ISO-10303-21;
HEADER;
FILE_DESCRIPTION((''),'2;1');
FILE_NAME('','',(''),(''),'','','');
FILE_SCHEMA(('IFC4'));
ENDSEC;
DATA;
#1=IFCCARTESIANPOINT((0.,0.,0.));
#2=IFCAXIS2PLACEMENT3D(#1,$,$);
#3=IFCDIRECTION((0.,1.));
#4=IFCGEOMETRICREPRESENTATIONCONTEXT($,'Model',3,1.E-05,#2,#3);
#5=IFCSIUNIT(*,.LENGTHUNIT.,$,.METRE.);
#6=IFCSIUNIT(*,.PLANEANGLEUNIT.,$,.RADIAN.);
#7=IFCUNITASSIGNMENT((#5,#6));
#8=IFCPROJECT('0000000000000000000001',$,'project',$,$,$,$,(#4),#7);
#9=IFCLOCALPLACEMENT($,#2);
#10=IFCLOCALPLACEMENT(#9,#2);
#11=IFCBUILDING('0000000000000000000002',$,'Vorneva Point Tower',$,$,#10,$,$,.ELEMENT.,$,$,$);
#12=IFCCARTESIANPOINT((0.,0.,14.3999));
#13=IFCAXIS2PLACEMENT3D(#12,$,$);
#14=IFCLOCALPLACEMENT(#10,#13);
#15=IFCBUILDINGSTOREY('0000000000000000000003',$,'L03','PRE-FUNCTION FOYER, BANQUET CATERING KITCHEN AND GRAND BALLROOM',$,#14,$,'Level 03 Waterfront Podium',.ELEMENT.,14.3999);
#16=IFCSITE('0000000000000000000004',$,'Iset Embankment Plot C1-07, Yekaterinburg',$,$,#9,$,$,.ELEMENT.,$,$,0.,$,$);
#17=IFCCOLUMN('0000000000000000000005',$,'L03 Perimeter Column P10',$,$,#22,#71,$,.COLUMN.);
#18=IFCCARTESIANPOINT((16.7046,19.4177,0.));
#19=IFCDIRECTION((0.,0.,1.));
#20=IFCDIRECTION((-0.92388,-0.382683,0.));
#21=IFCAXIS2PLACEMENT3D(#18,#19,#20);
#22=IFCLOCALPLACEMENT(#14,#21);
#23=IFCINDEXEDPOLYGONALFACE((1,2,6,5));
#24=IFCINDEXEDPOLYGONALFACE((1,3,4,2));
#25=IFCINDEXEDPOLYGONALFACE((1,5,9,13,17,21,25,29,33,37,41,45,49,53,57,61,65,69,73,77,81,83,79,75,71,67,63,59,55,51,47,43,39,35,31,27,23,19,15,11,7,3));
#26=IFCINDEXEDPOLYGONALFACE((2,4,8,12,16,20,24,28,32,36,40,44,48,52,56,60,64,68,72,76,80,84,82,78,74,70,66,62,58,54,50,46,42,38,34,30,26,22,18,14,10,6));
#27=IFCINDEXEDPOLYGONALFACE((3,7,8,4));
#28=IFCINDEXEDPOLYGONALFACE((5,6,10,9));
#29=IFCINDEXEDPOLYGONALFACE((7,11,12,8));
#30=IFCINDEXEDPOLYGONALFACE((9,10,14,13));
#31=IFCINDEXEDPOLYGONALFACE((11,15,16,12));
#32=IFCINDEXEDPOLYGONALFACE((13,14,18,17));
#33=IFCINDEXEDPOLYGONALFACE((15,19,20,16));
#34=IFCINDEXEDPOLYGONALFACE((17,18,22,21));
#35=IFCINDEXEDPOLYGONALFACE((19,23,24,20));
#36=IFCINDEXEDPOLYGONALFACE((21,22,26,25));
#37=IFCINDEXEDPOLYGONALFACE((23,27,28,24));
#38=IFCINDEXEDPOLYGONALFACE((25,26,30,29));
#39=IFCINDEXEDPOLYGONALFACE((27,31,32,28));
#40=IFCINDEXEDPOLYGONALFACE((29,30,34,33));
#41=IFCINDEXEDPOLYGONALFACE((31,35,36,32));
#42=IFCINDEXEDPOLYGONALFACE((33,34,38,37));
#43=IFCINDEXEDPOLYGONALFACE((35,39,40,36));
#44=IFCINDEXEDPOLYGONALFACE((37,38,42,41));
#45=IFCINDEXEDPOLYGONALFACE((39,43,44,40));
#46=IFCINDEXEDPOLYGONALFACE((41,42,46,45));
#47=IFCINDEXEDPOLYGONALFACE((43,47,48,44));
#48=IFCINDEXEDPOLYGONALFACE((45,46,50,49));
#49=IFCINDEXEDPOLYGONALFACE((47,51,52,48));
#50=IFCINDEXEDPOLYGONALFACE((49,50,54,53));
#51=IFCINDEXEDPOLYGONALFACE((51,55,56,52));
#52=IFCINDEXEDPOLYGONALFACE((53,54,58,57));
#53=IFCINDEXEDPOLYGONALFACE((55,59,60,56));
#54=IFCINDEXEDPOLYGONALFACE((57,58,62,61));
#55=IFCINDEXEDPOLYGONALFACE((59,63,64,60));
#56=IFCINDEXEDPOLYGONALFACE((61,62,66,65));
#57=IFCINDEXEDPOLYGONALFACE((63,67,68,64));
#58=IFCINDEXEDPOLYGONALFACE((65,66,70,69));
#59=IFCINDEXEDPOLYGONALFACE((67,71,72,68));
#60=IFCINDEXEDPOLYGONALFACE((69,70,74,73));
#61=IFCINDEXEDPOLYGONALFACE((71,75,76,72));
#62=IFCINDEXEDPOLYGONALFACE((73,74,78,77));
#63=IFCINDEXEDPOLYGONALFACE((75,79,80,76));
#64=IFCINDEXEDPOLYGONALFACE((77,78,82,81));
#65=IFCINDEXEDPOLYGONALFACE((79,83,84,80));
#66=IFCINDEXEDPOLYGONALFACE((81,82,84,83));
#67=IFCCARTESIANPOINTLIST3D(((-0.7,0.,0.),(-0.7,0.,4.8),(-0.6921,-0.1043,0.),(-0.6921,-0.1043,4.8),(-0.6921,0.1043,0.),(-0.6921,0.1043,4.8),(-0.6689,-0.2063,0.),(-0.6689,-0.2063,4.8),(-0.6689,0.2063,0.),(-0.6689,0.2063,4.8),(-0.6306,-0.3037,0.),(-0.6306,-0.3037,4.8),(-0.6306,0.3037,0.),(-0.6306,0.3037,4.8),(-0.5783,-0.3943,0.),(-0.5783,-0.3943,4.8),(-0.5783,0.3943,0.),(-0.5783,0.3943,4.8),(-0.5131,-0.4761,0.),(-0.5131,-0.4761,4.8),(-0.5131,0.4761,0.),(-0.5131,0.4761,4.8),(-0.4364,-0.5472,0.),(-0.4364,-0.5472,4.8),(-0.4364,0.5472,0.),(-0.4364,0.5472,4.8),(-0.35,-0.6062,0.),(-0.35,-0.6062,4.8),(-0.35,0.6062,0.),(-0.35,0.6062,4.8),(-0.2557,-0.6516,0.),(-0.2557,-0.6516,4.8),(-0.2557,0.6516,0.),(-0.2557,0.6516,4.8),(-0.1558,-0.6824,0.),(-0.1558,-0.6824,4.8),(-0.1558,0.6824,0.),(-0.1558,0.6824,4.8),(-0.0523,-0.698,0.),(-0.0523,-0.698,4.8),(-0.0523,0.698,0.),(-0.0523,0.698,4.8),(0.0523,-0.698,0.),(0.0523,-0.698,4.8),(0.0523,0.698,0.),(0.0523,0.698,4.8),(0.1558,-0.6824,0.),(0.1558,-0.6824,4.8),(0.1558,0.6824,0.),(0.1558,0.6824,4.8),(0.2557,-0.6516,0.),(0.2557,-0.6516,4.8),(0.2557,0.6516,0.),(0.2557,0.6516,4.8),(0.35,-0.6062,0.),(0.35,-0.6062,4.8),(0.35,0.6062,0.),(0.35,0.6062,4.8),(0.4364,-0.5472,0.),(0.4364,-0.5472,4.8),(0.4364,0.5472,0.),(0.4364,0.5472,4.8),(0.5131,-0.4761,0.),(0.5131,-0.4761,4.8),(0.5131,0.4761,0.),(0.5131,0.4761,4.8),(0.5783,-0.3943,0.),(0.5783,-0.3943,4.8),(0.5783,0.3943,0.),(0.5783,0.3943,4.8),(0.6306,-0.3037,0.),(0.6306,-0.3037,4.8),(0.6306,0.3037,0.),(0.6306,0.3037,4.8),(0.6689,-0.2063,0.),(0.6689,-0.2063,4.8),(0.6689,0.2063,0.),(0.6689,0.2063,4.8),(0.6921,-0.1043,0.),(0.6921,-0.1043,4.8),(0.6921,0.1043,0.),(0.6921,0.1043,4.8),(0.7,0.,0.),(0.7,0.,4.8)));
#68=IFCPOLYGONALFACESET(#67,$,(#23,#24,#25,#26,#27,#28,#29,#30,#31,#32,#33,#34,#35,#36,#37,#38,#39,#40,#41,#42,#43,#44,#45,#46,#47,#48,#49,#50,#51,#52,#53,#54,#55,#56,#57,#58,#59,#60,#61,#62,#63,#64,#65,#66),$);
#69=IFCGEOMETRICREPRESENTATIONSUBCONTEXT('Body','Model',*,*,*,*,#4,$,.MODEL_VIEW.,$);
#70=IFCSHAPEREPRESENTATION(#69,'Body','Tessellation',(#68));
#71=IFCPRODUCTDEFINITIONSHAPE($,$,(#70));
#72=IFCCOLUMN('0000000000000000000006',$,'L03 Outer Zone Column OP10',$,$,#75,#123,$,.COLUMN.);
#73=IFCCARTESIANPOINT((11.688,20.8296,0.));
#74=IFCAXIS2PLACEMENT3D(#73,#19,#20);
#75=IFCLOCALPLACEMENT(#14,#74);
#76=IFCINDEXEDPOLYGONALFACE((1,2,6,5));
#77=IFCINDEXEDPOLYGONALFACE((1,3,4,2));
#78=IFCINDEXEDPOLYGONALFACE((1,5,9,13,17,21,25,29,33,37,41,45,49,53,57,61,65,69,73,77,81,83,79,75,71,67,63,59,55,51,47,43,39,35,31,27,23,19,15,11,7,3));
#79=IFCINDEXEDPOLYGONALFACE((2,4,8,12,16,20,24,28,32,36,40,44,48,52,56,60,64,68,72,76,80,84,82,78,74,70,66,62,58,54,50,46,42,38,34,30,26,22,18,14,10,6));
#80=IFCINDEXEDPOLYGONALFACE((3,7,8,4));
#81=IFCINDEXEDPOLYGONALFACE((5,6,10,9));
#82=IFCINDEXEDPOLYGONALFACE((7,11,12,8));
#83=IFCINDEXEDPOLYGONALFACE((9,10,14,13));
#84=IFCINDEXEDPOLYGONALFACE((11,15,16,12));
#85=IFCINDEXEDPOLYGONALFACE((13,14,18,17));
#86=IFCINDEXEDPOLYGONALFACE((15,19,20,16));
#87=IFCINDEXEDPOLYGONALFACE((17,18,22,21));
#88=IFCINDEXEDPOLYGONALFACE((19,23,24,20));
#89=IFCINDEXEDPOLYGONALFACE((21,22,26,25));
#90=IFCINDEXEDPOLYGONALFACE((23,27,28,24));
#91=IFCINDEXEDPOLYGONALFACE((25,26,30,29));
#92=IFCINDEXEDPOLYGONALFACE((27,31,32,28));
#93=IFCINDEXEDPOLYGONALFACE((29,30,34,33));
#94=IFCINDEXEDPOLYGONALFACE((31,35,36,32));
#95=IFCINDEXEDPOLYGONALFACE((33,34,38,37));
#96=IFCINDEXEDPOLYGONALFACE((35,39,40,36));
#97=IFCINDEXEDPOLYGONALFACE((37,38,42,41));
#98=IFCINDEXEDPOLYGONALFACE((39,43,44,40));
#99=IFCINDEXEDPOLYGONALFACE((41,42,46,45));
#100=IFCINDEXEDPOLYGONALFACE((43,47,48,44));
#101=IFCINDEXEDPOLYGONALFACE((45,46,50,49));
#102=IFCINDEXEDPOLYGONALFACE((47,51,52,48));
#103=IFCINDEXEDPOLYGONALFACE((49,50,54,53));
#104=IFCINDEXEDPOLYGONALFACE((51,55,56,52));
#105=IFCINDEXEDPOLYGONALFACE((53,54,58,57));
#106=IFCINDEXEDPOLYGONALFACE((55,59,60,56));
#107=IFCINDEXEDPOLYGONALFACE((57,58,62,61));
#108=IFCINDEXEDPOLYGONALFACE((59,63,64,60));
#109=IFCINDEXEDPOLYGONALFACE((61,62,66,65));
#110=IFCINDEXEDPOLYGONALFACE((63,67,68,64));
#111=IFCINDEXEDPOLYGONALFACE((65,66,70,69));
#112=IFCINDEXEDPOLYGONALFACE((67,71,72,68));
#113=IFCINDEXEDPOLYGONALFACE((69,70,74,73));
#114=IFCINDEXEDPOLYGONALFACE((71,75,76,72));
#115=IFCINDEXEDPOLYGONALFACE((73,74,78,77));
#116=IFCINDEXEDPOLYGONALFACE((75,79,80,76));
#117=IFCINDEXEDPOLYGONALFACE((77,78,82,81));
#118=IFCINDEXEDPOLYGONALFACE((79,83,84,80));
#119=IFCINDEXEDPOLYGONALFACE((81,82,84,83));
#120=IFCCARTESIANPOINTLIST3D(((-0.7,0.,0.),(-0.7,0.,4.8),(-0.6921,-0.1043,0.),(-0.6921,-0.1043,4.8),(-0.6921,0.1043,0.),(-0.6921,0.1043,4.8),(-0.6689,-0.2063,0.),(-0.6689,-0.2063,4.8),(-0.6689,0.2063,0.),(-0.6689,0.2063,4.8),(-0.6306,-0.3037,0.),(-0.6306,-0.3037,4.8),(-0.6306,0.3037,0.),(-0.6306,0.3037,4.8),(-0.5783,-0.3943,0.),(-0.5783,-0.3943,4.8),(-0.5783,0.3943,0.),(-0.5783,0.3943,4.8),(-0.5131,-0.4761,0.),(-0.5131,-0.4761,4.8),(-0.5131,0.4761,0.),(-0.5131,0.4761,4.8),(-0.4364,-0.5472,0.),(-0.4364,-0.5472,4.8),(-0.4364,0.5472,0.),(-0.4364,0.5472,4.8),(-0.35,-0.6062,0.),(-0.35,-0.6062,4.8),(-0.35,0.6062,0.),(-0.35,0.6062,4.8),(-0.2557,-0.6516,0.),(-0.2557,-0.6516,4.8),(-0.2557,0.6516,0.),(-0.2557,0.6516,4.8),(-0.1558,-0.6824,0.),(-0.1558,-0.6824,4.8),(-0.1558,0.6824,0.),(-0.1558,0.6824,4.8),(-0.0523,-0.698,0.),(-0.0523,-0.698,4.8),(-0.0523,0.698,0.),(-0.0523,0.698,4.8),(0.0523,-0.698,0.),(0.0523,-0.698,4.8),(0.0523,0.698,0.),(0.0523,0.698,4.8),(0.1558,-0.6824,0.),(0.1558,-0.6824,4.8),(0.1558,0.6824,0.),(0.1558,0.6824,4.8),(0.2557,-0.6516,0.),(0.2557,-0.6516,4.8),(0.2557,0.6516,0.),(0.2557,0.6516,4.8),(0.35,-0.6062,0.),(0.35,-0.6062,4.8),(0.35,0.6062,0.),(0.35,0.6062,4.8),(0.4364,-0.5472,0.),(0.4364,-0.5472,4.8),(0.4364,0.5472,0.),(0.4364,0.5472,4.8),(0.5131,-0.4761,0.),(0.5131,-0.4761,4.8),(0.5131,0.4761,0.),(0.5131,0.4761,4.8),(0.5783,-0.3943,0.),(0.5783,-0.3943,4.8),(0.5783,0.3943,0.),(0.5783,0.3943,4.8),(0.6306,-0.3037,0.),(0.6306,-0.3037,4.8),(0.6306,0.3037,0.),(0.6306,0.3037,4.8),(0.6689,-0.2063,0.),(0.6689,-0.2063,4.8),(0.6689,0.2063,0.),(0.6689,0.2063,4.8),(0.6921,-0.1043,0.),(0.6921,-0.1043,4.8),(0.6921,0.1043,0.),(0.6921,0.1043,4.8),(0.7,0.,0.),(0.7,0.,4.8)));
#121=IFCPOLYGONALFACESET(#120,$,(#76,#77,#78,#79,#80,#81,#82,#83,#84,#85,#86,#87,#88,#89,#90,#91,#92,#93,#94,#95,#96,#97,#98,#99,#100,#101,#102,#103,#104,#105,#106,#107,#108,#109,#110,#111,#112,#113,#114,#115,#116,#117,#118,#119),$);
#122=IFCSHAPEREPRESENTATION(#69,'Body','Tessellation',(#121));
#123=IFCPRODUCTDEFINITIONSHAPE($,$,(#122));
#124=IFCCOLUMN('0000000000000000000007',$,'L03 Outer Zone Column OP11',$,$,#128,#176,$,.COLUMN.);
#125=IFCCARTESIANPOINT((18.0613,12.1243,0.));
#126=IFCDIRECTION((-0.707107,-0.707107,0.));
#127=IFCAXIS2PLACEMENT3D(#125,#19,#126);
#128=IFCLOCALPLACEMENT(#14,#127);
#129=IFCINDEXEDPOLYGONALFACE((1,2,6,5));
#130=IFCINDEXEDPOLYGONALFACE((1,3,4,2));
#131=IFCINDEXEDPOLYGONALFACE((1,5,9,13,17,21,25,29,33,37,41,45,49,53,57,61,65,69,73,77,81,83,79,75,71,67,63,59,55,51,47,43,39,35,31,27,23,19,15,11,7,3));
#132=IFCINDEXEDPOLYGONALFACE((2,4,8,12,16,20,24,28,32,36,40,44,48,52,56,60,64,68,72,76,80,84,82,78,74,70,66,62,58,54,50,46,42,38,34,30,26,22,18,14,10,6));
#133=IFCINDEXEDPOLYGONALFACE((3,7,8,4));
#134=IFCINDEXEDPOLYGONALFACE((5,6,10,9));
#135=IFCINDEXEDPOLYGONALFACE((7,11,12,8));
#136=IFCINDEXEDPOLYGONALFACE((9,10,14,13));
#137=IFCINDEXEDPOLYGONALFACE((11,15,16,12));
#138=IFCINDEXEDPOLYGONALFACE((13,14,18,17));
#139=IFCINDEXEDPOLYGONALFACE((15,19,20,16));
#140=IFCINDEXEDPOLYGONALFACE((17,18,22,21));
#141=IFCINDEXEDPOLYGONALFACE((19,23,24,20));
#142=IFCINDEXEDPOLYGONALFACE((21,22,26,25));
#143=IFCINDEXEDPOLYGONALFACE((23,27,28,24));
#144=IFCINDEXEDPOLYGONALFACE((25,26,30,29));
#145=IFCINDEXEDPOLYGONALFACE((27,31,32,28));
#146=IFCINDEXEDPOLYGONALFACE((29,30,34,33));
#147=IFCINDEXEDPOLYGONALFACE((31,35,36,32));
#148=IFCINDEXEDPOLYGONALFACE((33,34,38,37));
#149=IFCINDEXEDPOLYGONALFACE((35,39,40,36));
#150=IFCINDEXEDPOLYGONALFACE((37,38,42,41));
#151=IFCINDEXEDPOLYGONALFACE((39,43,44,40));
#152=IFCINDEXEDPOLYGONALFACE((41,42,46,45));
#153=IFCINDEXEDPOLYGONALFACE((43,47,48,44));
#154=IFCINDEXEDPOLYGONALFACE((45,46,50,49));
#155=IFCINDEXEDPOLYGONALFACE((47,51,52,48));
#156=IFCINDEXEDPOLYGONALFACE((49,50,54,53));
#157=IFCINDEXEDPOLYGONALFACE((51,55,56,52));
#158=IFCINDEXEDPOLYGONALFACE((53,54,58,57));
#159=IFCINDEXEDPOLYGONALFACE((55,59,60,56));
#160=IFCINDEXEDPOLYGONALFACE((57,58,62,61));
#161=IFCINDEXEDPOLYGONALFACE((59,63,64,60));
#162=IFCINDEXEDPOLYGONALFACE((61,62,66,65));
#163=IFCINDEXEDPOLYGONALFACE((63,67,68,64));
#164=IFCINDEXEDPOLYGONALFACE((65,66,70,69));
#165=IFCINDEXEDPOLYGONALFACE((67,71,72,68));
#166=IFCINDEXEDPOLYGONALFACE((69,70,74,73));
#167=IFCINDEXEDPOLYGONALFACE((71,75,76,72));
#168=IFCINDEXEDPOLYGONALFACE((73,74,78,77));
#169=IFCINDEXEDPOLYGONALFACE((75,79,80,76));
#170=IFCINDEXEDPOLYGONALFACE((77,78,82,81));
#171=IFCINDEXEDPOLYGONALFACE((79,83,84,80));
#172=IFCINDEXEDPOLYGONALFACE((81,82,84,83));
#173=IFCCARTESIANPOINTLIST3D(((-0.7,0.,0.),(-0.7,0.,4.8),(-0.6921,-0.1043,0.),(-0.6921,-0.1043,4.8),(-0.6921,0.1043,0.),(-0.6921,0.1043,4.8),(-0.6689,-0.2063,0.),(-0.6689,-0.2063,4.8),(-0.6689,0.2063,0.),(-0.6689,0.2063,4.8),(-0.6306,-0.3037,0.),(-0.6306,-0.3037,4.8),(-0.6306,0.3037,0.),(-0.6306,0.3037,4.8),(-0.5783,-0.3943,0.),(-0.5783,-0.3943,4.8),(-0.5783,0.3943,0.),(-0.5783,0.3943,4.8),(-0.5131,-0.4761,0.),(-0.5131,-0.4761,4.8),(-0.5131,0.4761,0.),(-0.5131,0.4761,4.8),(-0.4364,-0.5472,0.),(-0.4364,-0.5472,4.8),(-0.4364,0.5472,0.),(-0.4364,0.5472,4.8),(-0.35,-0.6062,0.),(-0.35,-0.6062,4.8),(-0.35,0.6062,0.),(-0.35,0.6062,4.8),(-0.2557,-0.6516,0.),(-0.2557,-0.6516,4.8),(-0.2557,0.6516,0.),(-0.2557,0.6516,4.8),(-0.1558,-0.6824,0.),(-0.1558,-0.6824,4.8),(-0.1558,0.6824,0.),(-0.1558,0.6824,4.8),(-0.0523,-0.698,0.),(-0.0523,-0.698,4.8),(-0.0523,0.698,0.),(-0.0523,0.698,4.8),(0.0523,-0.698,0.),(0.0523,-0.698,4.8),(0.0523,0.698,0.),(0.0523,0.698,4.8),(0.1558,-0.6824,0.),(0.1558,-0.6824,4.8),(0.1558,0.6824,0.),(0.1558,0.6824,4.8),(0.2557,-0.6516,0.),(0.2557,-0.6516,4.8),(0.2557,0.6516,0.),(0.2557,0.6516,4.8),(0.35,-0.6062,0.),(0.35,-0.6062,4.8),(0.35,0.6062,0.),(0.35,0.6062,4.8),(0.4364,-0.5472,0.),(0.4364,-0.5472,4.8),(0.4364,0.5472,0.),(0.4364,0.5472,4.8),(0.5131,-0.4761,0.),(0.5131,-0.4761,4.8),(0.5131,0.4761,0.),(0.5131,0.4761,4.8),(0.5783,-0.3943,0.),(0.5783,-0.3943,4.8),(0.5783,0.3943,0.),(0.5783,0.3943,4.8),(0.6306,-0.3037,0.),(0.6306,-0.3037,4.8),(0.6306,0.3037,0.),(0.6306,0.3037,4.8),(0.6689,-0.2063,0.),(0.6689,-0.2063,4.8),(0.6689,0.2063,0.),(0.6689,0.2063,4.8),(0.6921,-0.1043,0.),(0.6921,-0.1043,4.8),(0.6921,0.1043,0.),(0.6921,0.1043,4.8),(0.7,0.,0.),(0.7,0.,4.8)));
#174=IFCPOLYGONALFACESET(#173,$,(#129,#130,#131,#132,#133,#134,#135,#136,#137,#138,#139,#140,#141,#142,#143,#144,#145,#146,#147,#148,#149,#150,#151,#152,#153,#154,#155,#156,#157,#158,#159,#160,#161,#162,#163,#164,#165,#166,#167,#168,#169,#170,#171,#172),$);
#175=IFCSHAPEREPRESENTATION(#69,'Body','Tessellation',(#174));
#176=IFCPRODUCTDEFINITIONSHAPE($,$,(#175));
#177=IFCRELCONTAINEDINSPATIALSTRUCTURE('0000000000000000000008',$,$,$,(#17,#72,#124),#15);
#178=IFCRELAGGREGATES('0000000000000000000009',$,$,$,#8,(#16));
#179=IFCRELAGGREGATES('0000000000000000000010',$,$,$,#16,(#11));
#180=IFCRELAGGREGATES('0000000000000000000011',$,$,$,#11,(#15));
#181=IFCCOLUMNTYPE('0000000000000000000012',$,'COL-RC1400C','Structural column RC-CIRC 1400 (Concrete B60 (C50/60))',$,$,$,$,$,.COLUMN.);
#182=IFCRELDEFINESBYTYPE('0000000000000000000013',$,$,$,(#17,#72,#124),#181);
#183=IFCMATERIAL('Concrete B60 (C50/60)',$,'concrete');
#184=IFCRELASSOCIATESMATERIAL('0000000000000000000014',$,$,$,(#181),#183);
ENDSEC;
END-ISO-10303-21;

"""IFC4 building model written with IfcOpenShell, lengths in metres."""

from ifc_helpers import new_model, si_unit, direction, frame, origin, origin_2d, place, context, subcontext, project, spatial, circle, extrude, material, material_profile, profile_set, type_object, element, save


model = new_model("IFC4")

# Units and contexts
model_context = context("Model", 3, precision=1e-05, world=origin(), true_north=direction((0.0, 1.0)))
body_context = subcontext(model_context, "Body", "Model", "MODEL_VIEW")
ifc_project = project(units=[si_unit("LENGTHUNIT", "METRE"), si_unit("PLANEANGLEUNIT", "RADIAN")], contexts=[model_context])

# Site, building, storey
site_placement = place(None, origin())
site = spatial("IfcSite", under=ifc_project, at=site_placement, Name="Iset Embankment Plot C1-07, Yekaterinburg", CompositionType="ELEMENT", RefElevation=0.0)
building_placement = place(site_placement, origin())
building = spatial("IfcBuilding", under=site, at=building_placement, Name="Vorneva Point Tower", CompositionType="ELEMENT")
storey_placement = place(building_placement, frame((0.0, 0.0, 14.3999)))
storey = spatial("IfcBuildingStorey", under=building, at=storey_placement, Name="L03", Description="PRE-FUNCTION FOYER, BANQUET CATERING KITCHEN AND GRAND BALLROOM", LongName="Level 03 Waterfront Podium", CompositionType="ELEMENT", Elevation=14.3999)

# Columns
ifc_material_1 = material(Name="Concrete B60 (C50/60)", Category="concrete")
ifc_material_profile_1 = material_profile(ifc_material_1, circle(Radius=0.7, at=origin_2d()), Name="RC-CIRC 1400")
ifc_profile_set_1 = profile_set([ifc_material_profile_1], Name="Concrete B60 (C50/60)")
column_type = type_object("IfcColumnType", Name="COL-RC1400C", Description="Structural column RC-CIRC 1400 (Concrete B60 (C50/60))", PredefinedType="COLUMN", material=ifc_profile_set_1)
for number, where, z_axis, x_axis, name in (
    (1, (16.7046, 19.4177, 0.0), (0.0, 0.0, 1.0), (-0.92388, -0.382683, 0.0), "L03 Perimeter Column P10"),
    (2, (11.688, 20.8296, 0.0), (0.0, 0.0, 1.0), (-0.92388, -0.382683, 0.0), "L03 Outer Zone Column OP10"),
    (3, (18.0613, 12.1243, 0.0), (0.0, 0.0, 1.0), (-0.707107, -0.707107, 0.0), "L03 Outer Zone Column OP11"),
):
    element("IfcColumn", number, at=place(storey_placement, frame(where, z_axis=z_axis, x_axis=x_axis)), inside=storey, type_object=column_type, Name=name, PredefinedType="COLUMN", context=body_context, shape_type="SweptSolid", body=[
        extrude(circle(Radius=0.7, at=origin_2d()), origin(), (0.0, 0.0, 1.0), 4.8),
    ])

save(model, "model.ifc")
